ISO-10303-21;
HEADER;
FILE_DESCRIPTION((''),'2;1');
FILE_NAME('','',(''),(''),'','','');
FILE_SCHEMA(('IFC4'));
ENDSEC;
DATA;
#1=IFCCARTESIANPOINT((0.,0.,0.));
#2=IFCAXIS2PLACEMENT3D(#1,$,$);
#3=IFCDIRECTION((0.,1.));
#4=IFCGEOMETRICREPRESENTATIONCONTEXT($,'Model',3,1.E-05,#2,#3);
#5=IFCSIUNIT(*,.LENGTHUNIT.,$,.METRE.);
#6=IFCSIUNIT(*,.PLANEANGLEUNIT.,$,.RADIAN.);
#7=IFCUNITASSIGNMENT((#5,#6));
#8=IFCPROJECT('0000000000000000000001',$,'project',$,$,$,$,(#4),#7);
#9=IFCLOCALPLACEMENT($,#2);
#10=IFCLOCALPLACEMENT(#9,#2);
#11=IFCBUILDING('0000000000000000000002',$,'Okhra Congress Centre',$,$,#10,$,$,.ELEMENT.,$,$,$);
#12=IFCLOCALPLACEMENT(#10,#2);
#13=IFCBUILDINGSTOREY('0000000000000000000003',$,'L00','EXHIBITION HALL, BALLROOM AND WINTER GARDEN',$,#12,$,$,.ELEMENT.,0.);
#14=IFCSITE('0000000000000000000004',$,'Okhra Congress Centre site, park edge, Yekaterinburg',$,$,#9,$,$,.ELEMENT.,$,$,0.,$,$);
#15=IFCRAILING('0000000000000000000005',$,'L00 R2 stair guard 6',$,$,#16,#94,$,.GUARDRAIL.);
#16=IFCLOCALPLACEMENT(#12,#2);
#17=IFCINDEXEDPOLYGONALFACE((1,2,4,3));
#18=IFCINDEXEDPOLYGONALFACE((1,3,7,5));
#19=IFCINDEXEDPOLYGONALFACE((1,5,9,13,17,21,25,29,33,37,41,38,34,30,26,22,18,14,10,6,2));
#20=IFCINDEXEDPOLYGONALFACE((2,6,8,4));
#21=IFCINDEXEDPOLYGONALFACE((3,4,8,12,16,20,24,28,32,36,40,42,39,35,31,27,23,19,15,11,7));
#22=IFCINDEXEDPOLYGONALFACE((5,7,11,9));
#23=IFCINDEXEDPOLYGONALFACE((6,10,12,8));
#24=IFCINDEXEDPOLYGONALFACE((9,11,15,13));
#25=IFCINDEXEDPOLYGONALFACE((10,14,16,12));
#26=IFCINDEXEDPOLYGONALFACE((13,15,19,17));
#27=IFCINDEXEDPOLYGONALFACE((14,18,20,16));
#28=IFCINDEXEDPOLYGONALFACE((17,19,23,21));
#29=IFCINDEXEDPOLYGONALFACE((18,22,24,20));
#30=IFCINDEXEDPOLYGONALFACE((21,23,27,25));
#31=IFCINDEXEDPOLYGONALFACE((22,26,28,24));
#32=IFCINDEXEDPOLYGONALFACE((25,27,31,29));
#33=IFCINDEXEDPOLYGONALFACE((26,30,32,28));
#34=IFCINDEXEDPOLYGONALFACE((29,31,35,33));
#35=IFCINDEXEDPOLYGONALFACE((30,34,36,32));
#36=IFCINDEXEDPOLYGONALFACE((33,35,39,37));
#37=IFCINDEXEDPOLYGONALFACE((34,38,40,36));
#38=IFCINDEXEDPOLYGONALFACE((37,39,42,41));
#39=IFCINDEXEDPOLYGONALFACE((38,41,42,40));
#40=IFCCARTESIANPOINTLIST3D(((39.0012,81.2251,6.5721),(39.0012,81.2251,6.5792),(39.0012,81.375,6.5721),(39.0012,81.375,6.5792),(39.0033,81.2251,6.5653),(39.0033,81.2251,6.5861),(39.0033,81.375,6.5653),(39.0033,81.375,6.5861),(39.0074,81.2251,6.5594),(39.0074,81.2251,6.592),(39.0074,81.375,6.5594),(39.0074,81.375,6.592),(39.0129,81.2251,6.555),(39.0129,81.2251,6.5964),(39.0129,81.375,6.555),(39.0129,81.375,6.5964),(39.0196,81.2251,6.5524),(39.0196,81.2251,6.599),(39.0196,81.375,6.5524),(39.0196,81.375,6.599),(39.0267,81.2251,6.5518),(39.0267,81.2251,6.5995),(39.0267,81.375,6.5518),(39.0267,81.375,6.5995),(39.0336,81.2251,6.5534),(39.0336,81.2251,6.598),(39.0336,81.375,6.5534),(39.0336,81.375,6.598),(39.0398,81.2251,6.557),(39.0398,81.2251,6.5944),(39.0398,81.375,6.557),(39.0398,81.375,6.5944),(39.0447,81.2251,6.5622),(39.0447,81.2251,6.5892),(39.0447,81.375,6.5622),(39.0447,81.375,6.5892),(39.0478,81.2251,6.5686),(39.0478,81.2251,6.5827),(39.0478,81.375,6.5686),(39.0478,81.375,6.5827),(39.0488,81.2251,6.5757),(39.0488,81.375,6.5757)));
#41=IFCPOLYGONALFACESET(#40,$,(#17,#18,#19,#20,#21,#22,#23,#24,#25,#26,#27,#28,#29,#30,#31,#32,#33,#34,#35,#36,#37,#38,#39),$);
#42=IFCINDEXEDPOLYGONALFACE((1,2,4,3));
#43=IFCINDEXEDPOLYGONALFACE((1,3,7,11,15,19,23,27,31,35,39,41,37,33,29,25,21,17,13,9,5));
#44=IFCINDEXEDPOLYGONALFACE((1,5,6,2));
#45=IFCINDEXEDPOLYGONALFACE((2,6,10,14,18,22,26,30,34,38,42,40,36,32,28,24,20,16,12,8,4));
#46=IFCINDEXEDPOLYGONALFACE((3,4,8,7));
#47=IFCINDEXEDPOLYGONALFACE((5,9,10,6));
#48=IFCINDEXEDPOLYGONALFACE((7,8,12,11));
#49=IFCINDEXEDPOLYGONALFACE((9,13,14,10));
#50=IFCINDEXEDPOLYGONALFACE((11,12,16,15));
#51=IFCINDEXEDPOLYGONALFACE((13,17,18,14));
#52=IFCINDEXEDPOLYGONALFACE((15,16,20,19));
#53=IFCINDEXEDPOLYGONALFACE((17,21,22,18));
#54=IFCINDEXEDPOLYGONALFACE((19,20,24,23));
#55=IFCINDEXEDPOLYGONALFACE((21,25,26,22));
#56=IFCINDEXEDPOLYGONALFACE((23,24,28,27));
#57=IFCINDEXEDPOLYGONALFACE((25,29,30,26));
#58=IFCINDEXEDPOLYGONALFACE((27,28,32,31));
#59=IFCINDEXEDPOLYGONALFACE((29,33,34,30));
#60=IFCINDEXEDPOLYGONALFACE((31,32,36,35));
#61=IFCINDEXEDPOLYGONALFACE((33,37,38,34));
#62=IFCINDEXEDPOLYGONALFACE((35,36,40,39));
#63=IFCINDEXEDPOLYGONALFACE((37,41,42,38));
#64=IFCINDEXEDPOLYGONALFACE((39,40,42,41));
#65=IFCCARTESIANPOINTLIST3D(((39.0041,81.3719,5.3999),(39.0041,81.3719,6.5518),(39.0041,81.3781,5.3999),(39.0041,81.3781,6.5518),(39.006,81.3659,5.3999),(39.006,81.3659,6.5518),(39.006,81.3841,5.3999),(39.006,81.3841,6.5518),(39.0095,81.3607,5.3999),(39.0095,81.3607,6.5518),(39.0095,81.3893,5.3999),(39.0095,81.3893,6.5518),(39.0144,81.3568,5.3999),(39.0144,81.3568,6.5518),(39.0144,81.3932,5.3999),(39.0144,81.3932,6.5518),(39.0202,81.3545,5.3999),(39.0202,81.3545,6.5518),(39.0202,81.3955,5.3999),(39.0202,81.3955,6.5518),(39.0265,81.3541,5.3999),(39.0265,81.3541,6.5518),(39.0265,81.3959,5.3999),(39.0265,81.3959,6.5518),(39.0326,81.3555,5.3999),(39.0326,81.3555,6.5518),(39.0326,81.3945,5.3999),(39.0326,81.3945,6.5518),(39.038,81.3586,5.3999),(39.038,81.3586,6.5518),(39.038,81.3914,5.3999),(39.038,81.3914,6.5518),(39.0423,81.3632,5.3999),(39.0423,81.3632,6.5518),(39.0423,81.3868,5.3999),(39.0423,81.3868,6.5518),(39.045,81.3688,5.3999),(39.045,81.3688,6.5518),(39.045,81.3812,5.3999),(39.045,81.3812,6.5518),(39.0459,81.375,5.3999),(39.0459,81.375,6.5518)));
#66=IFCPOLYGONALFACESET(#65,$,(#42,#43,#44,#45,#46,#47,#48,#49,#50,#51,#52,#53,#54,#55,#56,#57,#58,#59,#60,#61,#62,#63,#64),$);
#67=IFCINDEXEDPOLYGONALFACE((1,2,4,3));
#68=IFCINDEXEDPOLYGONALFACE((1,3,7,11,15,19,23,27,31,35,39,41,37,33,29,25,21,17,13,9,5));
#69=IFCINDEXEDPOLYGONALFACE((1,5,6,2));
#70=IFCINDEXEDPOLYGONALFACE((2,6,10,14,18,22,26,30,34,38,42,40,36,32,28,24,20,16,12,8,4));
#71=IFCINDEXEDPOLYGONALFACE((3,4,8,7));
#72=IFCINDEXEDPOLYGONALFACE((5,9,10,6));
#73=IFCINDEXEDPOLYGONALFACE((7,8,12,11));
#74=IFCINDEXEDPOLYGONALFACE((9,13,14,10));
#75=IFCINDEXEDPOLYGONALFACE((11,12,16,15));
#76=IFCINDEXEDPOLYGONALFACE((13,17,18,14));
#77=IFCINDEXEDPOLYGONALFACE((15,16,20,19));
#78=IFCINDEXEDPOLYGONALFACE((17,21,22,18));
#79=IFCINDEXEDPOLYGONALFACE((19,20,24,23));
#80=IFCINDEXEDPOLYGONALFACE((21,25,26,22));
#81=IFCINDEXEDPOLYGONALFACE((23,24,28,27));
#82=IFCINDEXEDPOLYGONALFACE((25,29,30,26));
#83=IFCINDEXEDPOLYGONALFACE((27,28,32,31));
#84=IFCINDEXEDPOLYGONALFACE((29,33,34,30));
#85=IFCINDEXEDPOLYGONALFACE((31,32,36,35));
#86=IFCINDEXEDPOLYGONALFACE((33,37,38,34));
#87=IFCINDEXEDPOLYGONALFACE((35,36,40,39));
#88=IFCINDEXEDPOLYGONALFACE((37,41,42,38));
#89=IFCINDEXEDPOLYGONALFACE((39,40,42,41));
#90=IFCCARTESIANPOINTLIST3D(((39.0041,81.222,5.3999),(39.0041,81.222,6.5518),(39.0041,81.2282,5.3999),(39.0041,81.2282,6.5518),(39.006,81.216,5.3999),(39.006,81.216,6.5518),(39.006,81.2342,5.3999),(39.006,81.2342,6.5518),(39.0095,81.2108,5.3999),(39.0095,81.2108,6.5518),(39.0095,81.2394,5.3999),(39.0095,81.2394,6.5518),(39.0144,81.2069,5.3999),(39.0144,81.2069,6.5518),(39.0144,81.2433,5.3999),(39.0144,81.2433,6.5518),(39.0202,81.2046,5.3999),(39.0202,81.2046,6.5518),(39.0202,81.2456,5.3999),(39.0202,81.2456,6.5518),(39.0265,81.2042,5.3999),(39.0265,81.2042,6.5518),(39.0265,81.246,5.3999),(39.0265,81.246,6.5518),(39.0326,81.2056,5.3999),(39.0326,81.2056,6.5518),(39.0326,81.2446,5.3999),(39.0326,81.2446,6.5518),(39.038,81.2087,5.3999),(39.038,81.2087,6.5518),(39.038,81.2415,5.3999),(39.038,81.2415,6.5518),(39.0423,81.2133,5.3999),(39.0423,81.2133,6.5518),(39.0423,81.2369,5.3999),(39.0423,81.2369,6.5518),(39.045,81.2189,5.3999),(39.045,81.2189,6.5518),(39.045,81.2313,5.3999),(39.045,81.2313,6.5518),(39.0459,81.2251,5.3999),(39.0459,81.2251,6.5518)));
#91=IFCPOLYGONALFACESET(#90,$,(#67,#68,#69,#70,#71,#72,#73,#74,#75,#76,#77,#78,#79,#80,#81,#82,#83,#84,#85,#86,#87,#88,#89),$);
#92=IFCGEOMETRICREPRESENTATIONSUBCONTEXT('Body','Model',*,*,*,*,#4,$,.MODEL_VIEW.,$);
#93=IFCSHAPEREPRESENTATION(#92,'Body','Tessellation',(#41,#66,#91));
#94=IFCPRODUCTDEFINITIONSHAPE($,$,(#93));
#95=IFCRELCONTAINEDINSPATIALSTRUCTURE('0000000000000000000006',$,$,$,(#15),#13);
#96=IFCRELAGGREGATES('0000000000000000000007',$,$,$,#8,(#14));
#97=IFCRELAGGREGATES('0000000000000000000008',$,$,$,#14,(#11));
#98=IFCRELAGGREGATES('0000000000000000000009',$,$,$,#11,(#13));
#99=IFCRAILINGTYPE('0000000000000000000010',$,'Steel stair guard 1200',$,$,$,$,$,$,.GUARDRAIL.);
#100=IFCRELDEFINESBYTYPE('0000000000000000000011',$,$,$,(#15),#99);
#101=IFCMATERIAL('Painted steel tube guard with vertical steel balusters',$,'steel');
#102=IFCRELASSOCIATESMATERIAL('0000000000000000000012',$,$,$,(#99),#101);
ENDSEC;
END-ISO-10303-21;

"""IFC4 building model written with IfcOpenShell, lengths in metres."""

from ifc_helpers import new_model, si_unit, direction, frame, origin, origin_2d, place, context, subcontext, project, spatial, circle, extrude, material, type_object, element, save


model = new_model("IFC4")

# Units and contexts
model_context = context("Model", 3, precision=1e-05, world=origin(), true_north=direction((0.0, 1.0)))
body_context = subcontext(model_context, "Body", "Model", "MODEL_VIEW")
ifc_project = project(units=[si_unit("LENGTHUNIT", "METRE"), si_unit("PLANEANGLEUNIT", "RADIAN")], contexts=[model_context])

# Site, building, storey
site_placement = place(None, origin())
site = spatial("IfcSite", under=ifc_project, at=site_placement, Name="Okhra Congress Centre site, park edge, Yekaterinburg", CompositionType="ELEMENT", RefElevation=0.0)
building_placement = place(site_placement, origin())
building = spatial("IfcBuilding", under=site, at=building_placement, Name="Okhra Congress Centre", CompositionType="ELEMENT")
storey_placement = place(building_placement, origin())
storey = spatial("IfcBuildingStorey", under=building, at=storey_placement, Name="L00", Description="EXHIBITION HALL, BALLROOM AND WINTER GARDEN", CompositionType="ELEMENT", Elevation=0.0)

# Railing
ifc_material_1 = material(Name="Painted steel tube guard with vertical steel balusters", Category="steel")
railing_type_1 = type_object("IfcRailingType", Name="Steel stair guard 1200", PredefinedType="GUARDRAIL", material=ifc_material_1)
railing_1_placement = place(storey_placement, frame((39.0249, 81.375, 5.3999)))
element("IfcRailing", 1, at=railing_1_placement, inside=storey, type_object=railing_type_1, Name="L00 R2 stair guard 6", PredefinedType="GUARDRAIL", context=body_context, shape_type="SweptSolid", body=[
    extrude(circle(Radius=0.0239, at=origin_2d()), frame((0.0, 0.0, 1.1758), z_axis=(0.0, -1.0, 0.0), x_axis=(1.0, 0.0, 0.0)), (0.0, 0.0, 1.0), 0.1499),
    extrude(circle(Radius=0.021, at=origin_2d()), origin(), (0.0, 0.0, 1.0), 1.1519),
    extrude(circle(Radius=0.021, at=origin_2d()), frame((0.0, -0.1499, 0.0)), (0.0, 0.0, 1.0), 1.1519),
])

save(model, "model.ifc")
